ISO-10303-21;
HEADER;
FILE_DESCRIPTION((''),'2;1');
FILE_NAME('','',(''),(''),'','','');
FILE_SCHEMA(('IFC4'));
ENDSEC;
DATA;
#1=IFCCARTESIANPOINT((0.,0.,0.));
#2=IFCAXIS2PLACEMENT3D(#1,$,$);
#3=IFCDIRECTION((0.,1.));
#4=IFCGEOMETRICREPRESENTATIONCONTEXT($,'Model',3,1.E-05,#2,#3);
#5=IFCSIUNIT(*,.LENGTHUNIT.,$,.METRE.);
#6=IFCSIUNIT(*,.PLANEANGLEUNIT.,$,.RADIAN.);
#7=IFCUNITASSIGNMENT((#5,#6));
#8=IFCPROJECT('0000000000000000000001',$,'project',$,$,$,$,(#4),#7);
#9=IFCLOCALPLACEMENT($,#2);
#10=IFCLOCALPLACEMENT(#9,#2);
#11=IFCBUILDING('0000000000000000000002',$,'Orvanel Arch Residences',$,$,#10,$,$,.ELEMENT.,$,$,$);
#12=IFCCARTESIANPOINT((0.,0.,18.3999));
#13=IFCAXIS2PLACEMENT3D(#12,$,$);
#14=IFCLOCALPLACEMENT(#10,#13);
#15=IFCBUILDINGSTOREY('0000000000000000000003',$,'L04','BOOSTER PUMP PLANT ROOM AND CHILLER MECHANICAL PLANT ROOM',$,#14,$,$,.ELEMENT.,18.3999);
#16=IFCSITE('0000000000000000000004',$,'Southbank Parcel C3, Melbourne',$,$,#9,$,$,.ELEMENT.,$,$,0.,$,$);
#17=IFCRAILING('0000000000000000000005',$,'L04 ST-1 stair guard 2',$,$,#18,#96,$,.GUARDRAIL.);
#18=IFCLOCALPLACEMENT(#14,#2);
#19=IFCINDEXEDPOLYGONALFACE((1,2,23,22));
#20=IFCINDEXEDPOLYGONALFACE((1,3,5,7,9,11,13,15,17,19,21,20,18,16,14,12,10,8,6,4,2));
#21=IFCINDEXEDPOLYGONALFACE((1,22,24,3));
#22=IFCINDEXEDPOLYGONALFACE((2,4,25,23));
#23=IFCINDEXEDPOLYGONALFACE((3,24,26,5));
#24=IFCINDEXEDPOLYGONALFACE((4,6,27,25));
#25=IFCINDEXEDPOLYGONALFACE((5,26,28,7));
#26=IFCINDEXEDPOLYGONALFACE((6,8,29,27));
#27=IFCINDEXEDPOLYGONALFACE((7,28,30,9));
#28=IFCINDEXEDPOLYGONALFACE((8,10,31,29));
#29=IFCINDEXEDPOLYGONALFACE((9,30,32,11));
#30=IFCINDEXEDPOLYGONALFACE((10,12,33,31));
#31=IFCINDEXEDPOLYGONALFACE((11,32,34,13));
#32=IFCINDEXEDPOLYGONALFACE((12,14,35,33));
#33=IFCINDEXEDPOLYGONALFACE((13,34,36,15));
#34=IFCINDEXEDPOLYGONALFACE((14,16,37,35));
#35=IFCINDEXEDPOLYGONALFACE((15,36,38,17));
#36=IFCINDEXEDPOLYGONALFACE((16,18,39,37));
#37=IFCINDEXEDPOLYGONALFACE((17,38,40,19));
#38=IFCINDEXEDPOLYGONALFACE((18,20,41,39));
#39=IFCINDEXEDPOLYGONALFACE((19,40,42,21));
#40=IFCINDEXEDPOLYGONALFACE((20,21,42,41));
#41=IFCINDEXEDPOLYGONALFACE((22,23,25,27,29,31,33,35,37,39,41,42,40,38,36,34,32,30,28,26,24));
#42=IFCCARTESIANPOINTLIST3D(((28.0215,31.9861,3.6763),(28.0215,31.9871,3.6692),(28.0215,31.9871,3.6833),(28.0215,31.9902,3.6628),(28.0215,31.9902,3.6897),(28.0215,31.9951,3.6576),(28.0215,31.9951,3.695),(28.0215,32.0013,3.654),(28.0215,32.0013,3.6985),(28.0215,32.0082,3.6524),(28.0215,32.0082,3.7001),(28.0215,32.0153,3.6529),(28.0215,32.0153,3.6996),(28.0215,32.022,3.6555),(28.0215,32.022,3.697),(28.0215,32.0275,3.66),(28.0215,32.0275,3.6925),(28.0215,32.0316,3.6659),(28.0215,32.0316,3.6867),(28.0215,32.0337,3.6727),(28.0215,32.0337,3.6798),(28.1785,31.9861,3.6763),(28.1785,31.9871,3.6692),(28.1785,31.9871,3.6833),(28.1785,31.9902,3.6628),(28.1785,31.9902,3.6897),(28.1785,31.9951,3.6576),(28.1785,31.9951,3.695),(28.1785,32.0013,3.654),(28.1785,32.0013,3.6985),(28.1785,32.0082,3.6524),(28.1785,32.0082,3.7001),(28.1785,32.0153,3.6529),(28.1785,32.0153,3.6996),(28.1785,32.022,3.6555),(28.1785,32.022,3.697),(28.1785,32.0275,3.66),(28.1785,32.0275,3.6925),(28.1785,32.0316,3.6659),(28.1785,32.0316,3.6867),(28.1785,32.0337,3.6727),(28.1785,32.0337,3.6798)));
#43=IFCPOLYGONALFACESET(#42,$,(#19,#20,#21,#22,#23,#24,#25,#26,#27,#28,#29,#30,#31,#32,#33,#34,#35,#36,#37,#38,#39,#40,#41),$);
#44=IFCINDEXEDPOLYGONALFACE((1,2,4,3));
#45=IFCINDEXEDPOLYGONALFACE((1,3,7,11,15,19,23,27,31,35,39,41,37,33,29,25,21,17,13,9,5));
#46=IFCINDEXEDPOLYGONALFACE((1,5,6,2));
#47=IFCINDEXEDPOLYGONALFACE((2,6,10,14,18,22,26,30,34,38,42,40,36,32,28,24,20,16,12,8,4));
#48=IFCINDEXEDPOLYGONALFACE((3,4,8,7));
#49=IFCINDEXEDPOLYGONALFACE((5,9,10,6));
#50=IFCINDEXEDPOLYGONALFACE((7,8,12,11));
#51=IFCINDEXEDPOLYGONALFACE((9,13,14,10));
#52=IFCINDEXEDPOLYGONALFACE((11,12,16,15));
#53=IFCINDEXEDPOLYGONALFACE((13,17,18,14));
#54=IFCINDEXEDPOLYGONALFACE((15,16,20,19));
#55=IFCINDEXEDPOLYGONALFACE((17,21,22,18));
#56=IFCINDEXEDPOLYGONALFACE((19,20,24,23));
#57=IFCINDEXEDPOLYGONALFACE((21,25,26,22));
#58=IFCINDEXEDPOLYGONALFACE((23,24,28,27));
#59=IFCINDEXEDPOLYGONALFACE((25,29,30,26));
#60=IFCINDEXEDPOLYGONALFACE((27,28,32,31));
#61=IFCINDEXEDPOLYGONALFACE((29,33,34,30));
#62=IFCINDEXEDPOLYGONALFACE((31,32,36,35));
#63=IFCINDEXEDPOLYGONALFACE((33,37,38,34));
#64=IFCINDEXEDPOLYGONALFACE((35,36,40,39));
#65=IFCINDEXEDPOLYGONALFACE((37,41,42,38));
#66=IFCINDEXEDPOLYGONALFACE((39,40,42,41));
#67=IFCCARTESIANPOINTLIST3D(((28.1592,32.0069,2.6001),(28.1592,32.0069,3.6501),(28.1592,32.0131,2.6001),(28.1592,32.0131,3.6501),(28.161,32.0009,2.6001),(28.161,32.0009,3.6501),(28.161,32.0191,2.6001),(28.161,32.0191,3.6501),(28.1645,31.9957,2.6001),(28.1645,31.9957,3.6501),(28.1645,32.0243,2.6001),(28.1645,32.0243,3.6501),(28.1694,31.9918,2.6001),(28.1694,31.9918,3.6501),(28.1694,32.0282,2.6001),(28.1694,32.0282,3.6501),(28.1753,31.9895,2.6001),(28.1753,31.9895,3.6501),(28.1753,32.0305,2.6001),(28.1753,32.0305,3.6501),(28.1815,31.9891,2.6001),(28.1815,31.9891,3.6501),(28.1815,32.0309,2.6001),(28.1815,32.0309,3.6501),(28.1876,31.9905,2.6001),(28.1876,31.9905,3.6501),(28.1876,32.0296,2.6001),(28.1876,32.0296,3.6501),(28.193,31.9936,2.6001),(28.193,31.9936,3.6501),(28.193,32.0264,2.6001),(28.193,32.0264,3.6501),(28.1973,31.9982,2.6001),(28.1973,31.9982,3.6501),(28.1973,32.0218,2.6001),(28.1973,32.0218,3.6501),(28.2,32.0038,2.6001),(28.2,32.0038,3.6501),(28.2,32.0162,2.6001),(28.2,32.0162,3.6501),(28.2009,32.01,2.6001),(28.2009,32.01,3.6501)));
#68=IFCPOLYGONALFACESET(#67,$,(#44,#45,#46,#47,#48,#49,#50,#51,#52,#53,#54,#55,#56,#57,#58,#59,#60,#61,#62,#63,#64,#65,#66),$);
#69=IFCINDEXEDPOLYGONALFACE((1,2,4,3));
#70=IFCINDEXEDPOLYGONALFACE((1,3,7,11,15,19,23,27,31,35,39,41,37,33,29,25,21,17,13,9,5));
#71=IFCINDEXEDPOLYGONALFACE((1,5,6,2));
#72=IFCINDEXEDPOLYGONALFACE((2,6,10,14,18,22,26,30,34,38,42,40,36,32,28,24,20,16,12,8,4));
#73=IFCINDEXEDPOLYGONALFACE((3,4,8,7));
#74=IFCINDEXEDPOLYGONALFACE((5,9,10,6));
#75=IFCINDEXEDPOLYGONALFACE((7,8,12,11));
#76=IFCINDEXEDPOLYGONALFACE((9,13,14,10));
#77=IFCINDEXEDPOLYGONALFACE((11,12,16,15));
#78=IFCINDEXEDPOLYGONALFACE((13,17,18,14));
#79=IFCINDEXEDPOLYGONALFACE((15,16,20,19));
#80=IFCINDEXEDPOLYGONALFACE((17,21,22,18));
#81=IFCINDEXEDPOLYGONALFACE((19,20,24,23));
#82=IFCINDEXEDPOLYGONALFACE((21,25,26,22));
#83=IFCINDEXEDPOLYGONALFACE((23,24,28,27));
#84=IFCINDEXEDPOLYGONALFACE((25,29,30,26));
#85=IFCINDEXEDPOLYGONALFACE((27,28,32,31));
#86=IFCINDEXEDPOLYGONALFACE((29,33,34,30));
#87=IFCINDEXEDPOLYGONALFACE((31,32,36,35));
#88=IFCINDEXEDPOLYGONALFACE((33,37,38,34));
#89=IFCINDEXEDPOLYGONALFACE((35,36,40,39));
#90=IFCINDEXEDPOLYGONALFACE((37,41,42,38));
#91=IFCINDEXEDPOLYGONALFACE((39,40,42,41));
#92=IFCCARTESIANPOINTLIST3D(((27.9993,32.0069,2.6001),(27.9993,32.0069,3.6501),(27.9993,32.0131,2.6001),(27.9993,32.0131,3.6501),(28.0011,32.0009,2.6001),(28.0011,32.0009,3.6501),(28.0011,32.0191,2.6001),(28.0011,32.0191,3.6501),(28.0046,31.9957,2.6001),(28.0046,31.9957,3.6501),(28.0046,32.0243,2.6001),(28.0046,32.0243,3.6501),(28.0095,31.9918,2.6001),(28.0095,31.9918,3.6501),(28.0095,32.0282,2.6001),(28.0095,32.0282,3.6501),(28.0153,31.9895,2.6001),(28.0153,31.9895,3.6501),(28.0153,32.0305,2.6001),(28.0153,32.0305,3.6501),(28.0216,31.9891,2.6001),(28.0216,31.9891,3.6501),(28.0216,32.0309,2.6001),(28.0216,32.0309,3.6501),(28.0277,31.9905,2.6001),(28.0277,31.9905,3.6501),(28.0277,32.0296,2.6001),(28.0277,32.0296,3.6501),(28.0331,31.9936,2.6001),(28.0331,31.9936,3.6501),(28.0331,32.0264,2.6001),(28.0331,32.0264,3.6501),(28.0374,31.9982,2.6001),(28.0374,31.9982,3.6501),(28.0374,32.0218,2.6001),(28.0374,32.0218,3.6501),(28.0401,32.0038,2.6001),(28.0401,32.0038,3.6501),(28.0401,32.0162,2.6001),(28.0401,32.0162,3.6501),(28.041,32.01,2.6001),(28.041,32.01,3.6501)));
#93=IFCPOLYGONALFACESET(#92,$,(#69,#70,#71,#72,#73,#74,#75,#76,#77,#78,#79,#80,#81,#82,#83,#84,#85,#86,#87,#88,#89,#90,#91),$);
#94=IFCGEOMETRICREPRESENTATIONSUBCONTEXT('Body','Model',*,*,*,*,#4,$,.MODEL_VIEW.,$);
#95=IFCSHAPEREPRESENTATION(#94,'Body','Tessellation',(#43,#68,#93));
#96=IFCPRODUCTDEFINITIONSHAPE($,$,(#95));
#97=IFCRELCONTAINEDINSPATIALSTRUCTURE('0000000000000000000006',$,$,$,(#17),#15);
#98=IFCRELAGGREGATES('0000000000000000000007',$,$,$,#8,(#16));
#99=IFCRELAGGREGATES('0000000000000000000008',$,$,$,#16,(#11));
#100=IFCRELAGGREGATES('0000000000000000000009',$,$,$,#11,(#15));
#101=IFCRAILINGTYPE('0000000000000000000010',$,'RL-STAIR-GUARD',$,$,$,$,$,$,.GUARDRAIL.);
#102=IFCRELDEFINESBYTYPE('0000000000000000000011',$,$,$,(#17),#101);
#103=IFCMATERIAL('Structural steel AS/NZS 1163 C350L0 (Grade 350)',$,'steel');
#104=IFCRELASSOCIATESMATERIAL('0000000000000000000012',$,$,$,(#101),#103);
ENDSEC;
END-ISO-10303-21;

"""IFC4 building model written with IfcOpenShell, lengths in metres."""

from ifc_helpers import new_model, si_unit, direction, frame, origin, origin_2d, place, context, subcontext, project, spatial, circle, extrude, material, type_object, element, save


model = new_model("IFC4")

# Units and contexts
model_context = context("Model", 3, precision=1e-05, world=origin(), true_north=direction((0.0, 1.0)))
body_context = subcontext(model_context, "Body", "Model", "MODEL_VIEW")
ifc_project = project(units=[si_unit("LENGTHUNIT", "METRE"), si_unit("PLANEANGLEUNIT", "RADIAN")], contexts=[model_context])

# Site, building, storey
site_placement = place(None, origin())
site = spatial("IfcSite", under=ifc_project, at=site_placement, Name="Southbank Parcel C3, Melbourne", CompositionType="ELEMENT", RefElevation=0.0)
building_placement = place(site_placement, origin())
building = spatial("IfcBuilding", under=site, at=building_placement, Name="Orvanel Arch Residences", CompositionType="ELEMENT")
storey_placement = place(building_placement, frame((0.0, 0.0, 18.3999)))
storey = spatial("IfcBuildingStorey", under=building, at=storey_placement, Name="L04", Description="BOOSTER PUMP PLANT ROOM AND CHILLER MECHANICAL PLANT ROOM", CompositionType="ELEMENT", Elevation=18.3999)

# Railing
ifc_material_1 = material(Name="Structural steel AS/NZS 1163 C350L0 (Grade 350)", Category="steel")
railing_type_1 = type_object("IfcRailingType", Name="RL-STAIR-GUARD", PredefinedType="GUARDRAIL", material=ifc_material_1)
railing_1_placement = place(storey_placement, frame((28.1799, 32.01, 2.6001)))
element("IfcRailing", 1, at=railing_1_placement, inside=storey, type_object=railing_type_1, Name="L04 ST-1 stair guard 2", PredefinedType="GUARDRAIL", context=body_context, shape_type="SweptSolid", body=[
    extrude(circle(Radius=0.0239, at=origin_2d()), frame((-0.0015, 0.0, 1.0762), z_axis=(-1.0, 0.0, 0.0), x_axis=(0.0, -1.0, 0.0)), (0.0, 0.0, 1.0), 0.157),
    extrude(circle(Radius=0.021, at=origin_2d()), origin(), (0.0, 0.0, 1.0), 1.05),
    extrude(circle(Radius=0.021, at=origin_2d()), frame((-0.1599, 0.0, 0.0)), (0.0, 0.0, 1.0), 1.05),
])

save(model, "model.ifc")
